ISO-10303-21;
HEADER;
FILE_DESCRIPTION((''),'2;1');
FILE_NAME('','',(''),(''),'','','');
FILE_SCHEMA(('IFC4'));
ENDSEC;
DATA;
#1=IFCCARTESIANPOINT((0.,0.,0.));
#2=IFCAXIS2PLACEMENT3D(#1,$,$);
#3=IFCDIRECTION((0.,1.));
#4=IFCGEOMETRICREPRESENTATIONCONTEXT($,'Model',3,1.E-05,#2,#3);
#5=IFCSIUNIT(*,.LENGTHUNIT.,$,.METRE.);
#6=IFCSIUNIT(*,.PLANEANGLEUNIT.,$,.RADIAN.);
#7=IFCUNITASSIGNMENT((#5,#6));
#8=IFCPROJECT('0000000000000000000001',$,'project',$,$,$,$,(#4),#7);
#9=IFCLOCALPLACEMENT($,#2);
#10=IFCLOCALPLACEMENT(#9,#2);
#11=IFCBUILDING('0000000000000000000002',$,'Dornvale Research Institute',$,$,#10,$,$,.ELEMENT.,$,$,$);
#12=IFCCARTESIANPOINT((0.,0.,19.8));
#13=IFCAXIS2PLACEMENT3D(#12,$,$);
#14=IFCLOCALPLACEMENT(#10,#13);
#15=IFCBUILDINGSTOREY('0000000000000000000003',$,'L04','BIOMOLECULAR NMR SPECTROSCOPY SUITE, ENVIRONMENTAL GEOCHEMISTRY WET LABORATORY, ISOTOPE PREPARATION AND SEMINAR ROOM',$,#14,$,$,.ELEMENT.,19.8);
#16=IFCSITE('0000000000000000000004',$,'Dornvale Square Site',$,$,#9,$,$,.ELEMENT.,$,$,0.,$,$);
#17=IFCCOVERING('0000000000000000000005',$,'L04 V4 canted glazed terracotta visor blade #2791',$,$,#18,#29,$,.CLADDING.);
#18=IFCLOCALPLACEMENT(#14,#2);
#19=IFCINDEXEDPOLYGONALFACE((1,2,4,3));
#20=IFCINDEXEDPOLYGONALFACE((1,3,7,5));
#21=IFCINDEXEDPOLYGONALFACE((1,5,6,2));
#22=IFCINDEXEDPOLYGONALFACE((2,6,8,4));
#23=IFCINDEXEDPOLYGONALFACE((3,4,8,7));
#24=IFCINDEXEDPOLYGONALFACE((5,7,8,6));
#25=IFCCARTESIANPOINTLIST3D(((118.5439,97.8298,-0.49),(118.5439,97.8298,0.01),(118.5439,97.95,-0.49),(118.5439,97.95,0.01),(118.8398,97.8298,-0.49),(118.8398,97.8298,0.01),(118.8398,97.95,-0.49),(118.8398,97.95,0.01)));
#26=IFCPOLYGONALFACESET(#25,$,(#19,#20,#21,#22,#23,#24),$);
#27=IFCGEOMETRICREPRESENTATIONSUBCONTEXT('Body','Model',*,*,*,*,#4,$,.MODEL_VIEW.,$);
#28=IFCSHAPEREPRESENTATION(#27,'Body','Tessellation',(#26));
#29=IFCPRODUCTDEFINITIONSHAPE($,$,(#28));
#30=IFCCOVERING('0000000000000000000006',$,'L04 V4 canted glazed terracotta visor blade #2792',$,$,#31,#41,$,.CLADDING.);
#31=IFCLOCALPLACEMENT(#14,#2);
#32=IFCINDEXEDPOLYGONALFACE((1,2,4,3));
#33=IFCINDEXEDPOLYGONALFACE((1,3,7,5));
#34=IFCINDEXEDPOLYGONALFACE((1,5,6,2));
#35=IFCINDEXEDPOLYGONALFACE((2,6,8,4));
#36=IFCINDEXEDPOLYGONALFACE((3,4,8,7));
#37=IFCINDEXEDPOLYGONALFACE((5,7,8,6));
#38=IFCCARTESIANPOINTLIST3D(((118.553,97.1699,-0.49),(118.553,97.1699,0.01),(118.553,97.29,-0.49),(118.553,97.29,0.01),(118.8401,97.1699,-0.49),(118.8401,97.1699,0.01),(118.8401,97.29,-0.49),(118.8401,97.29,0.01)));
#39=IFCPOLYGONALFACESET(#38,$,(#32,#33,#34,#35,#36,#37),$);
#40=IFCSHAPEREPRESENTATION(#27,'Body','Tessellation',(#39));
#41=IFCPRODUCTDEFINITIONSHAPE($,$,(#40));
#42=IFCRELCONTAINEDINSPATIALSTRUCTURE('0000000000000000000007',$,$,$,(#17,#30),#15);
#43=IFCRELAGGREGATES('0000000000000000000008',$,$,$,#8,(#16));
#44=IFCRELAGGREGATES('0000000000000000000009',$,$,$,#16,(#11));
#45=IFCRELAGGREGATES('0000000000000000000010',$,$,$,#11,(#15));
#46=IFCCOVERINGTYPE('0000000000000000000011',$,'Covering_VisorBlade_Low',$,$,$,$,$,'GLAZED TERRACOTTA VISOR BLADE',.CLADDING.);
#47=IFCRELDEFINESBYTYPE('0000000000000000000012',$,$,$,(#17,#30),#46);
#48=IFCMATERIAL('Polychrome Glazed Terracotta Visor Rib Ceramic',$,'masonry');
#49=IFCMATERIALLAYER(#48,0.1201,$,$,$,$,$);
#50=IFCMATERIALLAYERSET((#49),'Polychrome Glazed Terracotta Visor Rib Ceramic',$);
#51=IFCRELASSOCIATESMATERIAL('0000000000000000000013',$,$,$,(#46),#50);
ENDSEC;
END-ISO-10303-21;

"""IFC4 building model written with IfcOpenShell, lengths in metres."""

from ifc_helpers import new_model, si_unit, direction, frame, origin, origin_2d, place, context, subcontext, project, spatial, rectangle, extrude, material, layer, layer_set, type_object, element, save


model = new_model("IFC4")

# Units and contexts
model_context = context("Model", 3, precision=1e-05, world=origin(), true_north=direction((0.0, 1.0)))
body_context = subcontext(model_context, "Body", "Model", "MODEL_VIEW")
ifc_project = project(units=[si_unit("LENGTHUNIT", "METRE"), si_unit("PLANEANGLEUNIT", "RADIAN")], contexts=[model_context])

# Site, building, storey
site_placement = place(None, origin())
site = spatial("IfcSite", under=ifc_project, at=site_placement, Name="Dornvale Square Site", CompositionType="ELEMENT", RefElevation=0.0)
building_placement = place(site_placement, origin())
building = spatial("IfcBuilding", under=site, at=building_placement, Name="Dornvale Research Institute", CompositionType="ELEMENT")
storey_placement = place(building_placement, frame((0.0, 0.0, 19.8)))
storey = spatial("IfcBuildingStorey", under=building, at=storey_placement, Name="L04", Description="BIOMOLECULAR NMR SPECTROSCOPY SUITE, ENVIRONMENTAL GEOCHEMISTRY WET LABORATORY, ISOTOPE PREPARATION AND SEMINAR ROOM", CompositionType="ELEMENT", Elevation=19.8)

# Coverings
ifc_material_1 = material(Name="Polychrome Glazed Terracotta Visor Rib Ceramic", Category="masonry")
ifc_layer_1 = layer(ifc_material_1, 0.1201)
ifc_layer_set_1 = layer_set([ifc_layer_1], Name="Polychrome Glazed Terracotta Visor Rib Ceramic")
covering_type = type_object("IfcCoveringType", Name="Covering_VisorBlade_Low", ElementType="GLAZED TERRACOTTA VISOR BLADE", PredefinedType="CLADDING", material=ifc_layer_set_1)
covering_1_placement = place(storey_placement, frame((118.6919, 97.8899, -0.49), z_axis=(0.0, 0.0, 1.0), x_axis=(1.0, 0.0, 0.0)))
element("IfcCovering", 1, at=covering_1_placement, inside=storey, type_object=covering_type, Name="L04 V4 canted glazed terracotta visor blade #2791", PredefinedType="CLADDING", context=body_context, shape_type="SweptSolid", body=[
    extrude(rectangle(XDim=0.2959, YDim=0.1201, at=origin_2d()), origin(), (0.0, 0.0, 1.0), 0.5),
])
covering_2_placement = place(storey_placement, frame((118.6965, 97.23, -0.49), z_axis=(0.0, 0.0, 1.0), x_axis=(1.0, 0.0, 0.0)))
element("IfcCovering", 2, at=covering_2_placement, inside=storey, type_object=covering_type, Name="L04 V4 canted glazed terracotta visor blade #2792", PredefinedType="CLADDING", context=body_context, shape_type="SweptSolid", body=[
    extrude(rectangle(XDim=0.2871, YDim=0.1201, at=origin_2d()), origin(), (0.0, 0.0, 1.0), 0.5),
])

save(model, "model.ifc")
